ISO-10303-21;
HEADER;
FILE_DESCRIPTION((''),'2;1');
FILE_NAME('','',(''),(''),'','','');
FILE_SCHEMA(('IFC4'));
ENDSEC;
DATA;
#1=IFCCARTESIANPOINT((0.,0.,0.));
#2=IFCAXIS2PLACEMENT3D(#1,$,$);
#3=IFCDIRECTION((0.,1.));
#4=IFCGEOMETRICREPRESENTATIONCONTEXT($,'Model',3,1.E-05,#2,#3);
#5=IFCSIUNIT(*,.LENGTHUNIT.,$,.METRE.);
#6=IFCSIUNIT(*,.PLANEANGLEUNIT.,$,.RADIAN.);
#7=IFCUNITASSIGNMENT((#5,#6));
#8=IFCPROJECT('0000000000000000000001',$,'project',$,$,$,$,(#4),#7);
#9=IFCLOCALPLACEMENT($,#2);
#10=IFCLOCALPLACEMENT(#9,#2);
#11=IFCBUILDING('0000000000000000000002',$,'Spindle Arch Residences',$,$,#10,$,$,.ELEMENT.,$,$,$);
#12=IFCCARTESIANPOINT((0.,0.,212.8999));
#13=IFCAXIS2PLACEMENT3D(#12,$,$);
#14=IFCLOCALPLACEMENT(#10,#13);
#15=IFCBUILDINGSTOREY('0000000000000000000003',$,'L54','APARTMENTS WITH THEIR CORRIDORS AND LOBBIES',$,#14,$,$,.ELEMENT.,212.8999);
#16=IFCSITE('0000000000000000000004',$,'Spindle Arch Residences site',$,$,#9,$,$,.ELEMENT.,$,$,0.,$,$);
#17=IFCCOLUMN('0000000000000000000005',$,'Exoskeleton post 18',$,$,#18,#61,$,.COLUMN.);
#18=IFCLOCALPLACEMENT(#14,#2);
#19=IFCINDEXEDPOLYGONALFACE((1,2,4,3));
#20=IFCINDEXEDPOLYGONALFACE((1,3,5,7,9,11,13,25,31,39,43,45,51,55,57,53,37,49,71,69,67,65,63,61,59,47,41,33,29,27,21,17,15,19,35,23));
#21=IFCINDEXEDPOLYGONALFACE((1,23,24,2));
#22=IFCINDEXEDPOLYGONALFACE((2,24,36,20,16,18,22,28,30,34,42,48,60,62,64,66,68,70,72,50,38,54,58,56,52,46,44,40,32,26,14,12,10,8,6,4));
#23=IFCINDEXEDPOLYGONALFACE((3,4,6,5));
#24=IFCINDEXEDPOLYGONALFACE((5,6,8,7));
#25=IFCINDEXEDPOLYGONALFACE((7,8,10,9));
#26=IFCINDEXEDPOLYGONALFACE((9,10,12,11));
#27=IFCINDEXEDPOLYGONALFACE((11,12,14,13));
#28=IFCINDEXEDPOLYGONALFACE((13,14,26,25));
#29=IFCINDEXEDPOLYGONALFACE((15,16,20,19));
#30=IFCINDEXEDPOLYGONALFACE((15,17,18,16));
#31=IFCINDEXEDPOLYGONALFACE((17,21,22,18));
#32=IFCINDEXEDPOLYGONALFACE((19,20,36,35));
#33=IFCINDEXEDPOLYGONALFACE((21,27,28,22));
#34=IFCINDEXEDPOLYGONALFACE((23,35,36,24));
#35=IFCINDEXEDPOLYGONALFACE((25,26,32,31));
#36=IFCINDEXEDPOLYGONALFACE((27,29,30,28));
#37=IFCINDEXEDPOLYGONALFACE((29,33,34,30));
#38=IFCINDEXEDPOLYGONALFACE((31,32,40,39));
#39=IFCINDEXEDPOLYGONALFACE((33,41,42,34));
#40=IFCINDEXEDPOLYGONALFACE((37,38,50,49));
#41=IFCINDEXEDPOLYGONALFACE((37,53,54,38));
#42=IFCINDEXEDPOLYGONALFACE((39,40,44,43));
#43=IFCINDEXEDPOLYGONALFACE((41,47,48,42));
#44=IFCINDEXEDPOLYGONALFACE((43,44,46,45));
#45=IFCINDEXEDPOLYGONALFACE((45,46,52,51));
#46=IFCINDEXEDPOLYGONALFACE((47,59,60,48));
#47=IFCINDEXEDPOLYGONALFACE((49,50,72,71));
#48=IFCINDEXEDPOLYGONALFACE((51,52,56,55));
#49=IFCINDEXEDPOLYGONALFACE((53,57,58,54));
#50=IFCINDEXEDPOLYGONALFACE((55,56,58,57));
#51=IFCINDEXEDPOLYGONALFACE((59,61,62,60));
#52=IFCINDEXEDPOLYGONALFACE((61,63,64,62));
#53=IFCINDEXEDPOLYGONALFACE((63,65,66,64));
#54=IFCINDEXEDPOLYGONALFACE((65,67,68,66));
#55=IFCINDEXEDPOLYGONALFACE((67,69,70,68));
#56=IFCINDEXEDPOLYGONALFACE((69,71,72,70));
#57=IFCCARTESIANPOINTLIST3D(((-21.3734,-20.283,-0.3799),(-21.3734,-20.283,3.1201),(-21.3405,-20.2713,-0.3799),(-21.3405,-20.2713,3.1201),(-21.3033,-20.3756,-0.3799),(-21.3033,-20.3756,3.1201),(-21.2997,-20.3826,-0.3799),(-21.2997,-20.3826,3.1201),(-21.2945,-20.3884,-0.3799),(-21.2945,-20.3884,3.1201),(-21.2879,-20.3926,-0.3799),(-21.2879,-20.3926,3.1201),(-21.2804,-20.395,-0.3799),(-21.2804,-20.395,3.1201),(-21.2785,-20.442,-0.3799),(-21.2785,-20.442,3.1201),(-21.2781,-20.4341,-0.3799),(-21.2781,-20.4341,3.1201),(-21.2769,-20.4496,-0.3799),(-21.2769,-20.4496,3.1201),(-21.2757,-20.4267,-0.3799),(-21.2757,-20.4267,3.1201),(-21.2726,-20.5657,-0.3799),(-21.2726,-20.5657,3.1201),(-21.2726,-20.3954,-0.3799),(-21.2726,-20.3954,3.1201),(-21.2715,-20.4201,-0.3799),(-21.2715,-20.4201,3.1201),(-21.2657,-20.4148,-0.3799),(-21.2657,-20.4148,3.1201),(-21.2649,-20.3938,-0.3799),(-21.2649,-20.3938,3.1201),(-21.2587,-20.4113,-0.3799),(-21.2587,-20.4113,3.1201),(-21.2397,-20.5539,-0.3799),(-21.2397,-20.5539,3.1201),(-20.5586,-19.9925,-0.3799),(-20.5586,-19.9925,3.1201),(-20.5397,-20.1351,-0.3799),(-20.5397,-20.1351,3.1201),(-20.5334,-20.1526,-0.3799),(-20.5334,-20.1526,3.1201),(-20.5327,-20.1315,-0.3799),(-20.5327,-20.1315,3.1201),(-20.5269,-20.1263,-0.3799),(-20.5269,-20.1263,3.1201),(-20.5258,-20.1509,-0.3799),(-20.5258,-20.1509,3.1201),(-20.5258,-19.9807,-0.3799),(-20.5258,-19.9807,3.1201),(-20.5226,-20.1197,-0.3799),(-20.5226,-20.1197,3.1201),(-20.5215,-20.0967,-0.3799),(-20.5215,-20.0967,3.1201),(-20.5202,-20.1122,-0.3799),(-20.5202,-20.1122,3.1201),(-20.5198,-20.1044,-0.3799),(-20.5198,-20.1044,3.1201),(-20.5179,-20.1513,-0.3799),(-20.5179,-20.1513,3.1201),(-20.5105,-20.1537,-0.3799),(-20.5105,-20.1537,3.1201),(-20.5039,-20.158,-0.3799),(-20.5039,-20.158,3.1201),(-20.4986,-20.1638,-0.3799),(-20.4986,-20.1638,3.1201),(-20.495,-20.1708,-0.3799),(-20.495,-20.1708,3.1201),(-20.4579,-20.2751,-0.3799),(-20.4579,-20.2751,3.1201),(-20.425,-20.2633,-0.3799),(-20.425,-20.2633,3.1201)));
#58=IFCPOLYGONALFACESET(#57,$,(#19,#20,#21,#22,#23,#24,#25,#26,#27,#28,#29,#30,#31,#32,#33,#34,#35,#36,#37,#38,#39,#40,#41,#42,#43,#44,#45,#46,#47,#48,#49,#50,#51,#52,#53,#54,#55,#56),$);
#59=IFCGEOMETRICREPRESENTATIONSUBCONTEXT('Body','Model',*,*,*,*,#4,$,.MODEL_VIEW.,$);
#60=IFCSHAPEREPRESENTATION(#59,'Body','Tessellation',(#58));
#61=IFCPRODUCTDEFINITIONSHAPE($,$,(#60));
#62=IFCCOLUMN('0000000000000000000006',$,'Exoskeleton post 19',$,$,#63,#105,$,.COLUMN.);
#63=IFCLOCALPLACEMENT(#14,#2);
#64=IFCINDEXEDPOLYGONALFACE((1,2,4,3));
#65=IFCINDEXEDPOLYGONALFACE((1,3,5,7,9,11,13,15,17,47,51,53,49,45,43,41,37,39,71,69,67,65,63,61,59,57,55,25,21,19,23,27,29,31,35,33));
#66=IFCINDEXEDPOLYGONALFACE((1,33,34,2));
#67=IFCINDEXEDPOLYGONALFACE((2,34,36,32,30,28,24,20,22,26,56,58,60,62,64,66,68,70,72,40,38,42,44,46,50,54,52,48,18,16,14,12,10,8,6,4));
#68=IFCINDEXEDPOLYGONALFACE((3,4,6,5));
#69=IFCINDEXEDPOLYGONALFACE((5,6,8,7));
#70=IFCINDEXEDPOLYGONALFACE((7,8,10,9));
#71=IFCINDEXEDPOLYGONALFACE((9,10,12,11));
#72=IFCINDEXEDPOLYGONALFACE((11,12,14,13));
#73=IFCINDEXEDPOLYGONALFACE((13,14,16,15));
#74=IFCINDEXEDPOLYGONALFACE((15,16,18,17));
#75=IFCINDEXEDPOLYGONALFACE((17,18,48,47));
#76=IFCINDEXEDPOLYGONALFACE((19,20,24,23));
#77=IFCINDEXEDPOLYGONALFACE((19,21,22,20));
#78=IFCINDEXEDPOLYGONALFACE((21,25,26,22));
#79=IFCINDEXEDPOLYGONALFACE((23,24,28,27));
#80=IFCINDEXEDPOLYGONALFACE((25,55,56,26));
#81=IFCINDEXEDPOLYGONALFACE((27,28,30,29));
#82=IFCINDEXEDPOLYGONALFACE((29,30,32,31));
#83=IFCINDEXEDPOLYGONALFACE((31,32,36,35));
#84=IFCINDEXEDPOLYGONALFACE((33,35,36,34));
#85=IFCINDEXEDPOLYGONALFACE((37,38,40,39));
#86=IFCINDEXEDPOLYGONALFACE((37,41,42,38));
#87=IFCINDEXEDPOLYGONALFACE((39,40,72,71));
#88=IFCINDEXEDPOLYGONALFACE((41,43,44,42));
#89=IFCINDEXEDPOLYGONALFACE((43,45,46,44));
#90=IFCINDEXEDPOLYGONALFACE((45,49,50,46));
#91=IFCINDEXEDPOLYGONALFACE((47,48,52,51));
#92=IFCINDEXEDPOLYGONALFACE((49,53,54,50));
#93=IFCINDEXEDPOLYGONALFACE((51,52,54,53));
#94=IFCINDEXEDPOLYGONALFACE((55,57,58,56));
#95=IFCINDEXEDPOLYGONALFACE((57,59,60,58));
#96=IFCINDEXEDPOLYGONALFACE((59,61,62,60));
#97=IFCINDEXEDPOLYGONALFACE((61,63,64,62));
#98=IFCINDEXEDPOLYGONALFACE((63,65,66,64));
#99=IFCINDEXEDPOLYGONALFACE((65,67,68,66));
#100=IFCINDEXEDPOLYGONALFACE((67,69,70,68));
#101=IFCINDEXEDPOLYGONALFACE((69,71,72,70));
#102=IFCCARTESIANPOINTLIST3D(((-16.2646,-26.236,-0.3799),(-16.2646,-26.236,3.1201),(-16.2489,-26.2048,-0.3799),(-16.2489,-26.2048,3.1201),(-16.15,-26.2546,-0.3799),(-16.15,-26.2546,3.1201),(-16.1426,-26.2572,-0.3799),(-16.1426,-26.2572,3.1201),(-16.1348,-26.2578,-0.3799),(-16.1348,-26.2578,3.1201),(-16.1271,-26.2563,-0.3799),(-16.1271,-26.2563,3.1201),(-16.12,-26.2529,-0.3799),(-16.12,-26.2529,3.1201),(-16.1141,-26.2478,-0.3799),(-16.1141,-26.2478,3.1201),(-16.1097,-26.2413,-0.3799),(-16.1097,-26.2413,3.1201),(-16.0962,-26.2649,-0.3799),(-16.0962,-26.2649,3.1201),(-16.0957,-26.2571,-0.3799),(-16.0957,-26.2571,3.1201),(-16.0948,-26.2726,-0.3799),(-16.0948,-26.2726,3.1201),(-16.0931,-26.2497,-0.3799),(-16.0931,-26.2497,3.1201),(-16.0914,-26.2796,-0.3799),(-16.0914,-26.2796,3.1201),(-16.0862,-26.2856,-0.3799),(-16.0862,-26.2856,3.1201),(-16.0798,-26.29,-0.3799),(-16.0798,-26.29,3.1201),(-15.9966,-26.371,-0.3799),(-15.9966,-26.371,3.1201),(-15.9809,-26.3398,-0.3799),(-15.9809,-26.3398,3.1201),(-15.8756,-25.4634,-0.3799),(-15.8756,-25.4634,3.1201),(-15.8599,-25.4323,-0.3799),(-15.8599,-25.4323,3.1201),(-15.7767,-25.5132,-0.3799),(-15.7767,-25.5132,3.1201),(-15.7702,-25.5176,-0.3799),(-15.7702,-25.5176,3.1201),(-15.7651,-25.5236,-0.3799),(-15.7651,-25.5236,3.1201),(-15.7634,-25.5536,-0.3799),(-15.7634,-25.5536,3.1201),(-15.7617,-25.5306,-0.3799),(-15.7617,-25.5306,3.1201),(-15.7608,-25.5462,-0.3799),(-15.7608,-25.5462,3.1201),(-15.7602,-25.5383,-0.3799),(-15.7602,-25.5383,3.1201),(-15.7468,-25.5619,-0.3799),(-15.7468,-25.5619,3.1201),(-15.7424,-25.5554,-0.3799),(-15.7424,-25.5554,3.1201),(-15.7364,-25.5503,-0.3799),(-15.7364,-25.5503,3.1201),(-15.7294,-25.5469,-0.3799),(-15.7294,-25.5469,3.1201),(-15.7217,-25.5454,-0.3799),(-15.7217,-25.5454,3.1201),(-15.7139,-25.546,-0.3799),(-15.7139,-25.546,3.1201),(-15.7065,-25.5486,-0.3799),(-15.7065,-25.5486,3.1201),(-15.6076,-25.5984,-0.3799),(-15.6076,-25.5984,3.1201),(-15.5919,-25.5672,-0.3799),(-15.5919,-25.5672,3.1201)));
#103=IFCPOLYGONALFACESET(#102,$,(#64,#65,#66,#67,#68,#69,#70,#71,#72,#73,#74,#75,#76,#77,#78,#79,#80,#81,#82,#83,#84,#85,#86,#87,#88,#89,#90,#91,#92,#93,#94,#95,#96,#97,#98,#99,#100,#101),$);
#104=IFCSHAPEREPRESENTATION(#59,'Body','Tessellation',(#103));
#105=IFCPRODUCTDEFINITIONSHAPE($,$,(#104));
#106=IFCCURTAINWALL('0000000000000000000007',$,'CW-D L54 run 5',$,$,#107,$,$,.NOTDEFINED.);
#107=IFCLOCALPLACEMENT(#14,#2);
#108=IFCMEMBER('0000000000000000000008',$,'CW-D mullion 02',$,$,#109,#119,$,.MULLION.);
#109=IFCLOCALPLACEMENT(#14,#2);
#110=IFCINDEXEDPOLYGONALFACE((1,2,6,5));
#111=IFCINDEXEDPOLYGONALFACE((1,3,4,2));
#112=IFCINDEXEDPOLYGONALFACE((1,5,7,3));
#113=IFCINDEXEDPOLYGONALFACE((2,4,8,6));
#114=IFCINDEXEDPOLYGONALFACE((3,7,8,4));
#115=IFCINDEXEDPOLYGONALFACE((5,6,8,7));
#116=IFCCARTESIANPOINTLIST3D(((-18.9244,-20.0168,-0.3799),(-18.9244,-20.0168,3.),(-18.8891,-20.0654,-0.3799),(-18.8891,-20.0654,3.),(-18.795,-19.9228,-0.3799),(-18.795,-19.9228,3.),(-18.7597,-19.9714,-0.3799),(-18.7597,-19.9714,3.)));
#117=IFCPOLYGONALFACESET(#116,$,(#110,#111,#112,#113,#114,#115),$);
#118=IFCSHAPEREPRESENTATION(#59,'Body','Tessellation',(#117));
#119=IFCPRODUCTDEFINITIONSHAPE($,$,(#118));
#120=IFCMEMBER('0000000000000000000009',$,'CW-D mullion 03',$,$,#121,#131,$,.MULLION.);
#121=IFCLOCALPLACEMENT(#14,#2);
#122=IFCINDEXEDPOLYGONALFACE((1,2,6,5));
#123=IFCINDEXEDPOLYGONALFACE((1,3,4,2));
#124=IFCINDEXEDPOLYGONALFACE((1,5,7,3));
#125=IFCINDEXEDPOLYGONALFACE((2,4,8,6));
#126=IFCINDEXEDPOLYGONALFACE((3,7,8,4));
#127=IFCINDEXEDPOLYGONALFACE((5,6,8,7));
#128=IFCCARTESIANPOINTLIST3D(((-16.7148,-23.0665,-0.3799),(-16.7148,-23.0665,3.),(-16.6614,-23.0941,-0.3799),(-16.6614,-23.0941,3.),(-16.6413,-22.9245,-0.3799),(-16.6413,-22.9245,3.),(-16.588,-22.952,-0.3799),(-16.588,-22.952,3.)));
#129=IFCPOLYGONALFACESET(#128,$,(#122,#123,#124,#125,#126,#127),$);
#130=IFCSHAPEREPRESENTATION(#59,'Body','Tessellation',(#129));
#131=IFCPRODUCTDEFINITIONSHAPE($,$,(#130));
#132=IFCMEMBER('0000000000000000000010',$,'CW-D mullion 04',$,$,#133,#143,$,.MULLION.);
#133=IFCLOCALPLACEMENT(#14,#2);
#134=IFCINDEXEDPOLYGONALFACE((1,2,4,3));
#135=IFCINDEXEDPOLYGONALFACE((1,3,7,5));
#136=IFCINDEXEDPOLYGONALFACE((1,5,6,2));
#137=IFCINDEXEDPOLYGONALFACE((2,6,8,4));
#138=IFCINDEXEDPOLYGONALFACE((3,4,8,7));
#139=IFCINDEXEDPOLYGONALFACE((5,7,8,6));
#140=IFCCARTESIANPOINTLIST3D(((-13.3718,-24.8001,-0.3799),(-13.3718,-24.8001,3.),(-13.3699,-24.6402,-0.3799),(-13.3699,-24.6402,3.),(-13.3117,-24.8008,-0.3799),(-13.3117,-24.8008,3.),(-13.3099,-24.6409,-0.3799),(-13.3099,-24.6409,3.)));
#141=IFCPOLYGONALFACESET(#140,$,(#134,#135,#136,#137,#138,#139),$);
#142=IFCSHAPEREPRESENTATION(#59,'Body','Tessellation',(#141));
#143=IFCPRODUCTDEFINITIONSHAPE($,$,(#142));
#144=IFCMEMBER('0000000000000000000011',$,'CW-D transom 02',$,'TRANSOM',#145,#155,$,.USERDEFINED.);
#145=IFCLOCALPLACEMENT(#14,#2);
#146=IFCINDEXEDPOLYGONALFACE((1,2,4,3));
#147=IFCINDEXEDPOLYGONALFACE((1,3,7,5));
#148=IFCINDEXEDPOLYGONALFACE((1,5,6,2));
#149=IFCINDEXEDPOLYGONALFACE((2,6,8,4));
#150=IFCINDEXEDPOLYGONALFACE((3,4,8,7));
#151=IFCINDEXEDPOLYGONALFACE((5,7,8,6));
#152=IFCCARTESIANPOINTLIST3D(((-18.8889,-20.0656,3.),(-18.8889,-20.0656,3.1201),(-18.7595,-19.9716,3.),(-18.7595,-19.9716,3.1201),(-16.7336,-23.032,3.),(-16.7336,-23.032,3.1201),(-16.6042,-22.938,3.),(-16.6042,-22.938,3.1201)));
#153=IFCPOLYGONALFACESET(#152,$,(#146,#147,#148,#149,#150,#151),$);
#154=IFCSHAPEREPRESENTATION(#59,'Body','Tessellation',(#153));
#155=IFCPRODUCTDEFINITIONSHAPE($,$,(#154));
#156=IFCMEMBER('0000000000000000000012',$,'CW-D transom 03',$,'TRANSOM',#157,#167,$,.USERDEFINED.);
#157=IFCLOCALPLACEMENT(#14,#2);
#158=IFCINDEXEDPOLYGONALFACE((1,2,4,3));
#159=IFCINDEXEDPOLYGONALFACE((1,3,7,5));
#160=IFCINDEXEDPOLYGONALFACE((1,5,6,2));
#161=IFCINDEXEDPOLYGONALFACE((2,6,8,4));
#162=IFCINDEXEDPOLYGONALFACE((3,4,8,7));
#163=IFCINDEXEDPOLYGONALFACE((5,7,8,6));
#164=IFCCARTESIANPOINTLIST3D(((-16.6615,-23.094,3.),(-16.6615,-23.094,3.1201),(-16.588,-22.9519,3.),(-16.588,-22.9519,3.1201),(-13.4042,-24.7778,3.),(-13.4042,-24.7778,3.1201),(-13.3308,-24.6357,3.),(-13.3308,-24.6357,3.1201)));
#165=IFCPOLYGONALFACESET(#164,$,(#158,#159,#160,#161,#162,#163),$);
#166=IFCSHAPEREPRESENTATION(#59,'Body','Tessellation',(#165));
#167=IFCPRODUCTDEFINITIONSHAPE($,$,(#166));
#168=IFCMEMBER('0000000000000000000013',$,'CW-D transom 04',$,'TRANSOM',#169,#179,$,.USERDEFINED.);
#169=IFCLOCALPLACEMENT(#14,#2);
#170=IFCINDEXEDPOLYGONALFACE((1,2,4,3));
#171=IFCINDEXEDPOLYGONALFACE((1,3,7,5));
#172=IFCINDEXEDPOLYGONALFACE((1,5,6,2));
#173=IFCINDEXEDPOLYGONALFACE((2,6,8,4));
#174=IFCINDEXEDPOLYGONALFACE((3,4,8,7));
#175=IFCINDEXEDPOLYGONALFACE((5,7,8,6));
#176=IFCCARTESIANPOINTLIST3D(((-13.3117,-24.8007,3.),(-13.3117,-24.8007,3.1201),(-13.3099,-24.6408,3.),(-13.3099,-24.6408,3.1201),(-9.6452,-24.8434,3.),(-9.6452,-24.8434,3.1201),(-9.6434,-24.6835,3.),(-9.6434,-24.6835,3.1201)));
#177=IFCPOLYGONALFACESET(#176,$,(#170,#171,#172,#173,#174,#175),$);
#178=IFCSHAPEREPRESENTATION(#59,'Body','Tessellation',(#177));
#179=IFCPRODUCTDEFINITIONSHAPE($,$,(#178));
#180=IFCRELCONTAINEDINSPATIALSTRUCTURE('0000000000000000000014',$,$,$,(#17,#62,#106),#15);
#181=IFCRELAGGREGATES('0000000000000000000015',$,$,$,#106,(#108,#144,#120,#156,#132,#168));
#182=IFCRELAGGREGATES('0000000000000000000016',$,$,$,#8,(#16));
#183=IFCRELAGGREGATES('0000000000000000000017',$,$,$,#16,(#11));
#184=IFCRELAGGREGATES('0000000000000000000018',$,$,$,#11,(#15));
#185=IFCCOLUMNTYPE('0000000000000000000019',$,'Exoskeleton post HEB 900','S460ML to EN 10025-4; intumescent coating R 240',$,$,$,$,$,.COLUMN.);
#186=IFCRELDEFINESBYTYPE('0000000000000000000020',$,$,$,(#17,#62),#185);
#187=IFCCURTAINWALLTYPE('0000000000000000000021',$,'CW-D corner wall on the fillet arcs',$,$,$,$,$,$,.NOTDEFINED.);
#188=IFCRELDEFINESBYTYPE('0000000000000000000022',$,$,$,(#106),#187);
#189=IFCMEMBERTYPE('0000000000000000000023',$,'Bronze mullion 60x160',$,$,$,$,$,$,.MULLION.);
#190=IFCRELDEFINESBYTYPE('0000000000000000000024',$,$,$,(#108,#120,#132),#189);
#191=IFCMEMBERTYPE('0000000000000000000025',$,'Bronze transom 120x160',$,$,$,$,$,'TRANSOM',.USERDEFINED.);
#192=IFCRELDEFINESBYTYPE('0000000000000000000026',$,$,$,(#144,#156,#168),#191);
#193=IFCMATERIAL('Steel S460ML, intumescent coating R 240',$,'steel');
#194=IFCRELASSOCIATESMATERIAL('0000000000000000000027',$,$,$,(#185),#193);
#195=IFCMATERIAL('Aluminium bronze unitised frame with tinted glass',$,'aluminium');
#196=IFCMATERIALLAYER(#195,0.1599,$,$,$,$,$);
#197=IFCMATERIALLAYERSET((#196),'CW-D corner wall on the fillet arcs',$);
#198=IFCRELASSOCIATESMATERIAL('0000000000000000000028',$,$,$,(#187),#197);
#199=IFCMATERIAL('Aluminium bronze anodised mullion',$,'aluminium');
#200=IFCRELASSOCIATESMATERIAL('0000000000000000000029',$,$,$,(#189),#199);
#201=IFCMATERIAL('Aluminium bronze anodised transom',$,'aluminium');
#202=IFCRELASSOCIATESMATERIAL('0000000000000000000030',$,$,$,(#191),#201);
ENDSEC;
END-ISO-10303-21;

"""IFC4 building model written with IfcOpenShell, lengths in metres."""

from ifc_helpers import new_model, si_unit, direction, frame, origin, origin_2d, place, context, subcontext, project, spatial, rectangle, i_section, extrude, material, layer, layer_set, material_profile, profile_set, type_object, element, aggregate, save


model = new_model("IFC4")

# Units and contexts
model_context = context("Model", 3, precision=1e-05, world=origin(), true_north=direction((0.0, 1.0)))
body_context = subcontext(model_context, "Body", "Model", "MODEL_VIEW")
ifc_project = project(units=[si_unit("LENGTHUNIT", "METRE"), si_unit("PLANEANGLEUNIT", "RADIAN")], contexts=[model_context])

# Site, building, storey
site_placement = place(None, origin())
site = spatial("IfcSite", under=ifc_project, at=site_placement, Name="Spindle Arch Residences site", CompositionType="ELEMENT", RefElevation=0.0)
building_placement = place(site_placement, origin())
building = spatial("IfcBuilding", under=site, at=building_placement, Name="Spindle Arch Residences", CompositionType="ELEMENT")
storey_placement = place(building_placement, frame((0.0, 0.0, 212.8999)))
storey = spatial("IfcBuildingStorey", under=building, at=storey_placement, Name="L54", Description="APARTMENTS WITH THEIR CORRIDORS AND LOBBIES", CompositionType="ELEMENT", Elevation=212.8999)

# Columns
ifc_material_1 = material(Name="Steel S460ML, intumescent coating R 240", Category="steel")
ifc_material_profile_1 = material_profile(ifc_material_1, i_section(OverallWidth=0.3, OverallDepth=0.8999, WebThickness=0.0186, FlangeThickness=0.0349, FilletRadius=0.03, at=origin_2d()), Name="HEB 900")
ifc_profile_set_1 = profile_set([ifc_material_profile_1], Name="Steel S460ML, intumescent coating R 240")
column_type = type_object("IfcColumnType", Name="Exoskeleton post HEB 900", Description="S460ML to EN 10025-4; intumescent coating R 240", PredefinedType="COLUMN", material=ifc_profile_set_1)
for number, where, z_axis, x_axis, name in (
    (1, (-20.8992, -20.2732, -0.3799), (0.0, 0.0, 1.0), (-0.335927, 0.941888, 0.0), "Exoskeleton post 18"),
    (2, (-15.9282, -25.9016, -0.3799), (0.0, 0.0, 1.0), (-0.893169, 0.449721, 0.0), "Exoskeleton post 19"),
):
    element("IfcColumn", number, at=place(storey_placement, frame(where, z_axis=z_axis, x_axis=x_axis)), inside=storey, type_object=column_type, Name=name, PredefinedType="COLUMN", context=body_context, shape_type="SweptSolid", body=[
        extrude(i_section(OverallWidth=0.3, OverallDepth=0.8999, WebThickness=0.0186, FlangeThickness=0.0349, FilletRadius=0.03, at=origin_2d()), origin(), (0.0, 0.0, 1.0), 3.5),
    ])

# Curtain wall, members
ifc_material_2 = material(Name="Aluminium bronze unitised frame with tinted glass", Category="aluminium")
ifc_layer_1 = layer(ifc_material_2, 0.1599)
ifc_layer_set_1 = layer_set([ifc_layer_1], Name="CW-D corner wall on the fillet arcs")
curtain_wall_type = type_object("IfcCurtainWallType", Name="CW-D corner wall on the fillet arcs", PredefinedType="NOTDEFINED", material=ifc_layer_set_1)
curtain_wall_placement = place(storey_placement, origin())
curtain_wall = element("IfcCurtainWall", 3, at=curtain_wall_placement, inside=storey, type_object=curtain_wall_type, Name="CW-D L54 run 5", PredefinedType="NOTDEFINED")
ifc_material_3 = material(Name="Aluminium bronze anodised mullion", Category="aluminium")
ifc_material_profile_2 = material_profile(ifc_material_3, rectangle(XDim=0.1599, YDim=0.0601, at=origin_2d()), Name="MU 60x160")
ifc_profile_set_2 = profile_set([ifc_material_profile_2], Name="Aluminium bronze anodised mullion")
member_type_1 = type_object("IfcMemberType", Name="Bronze mullion 60x160", PredefinedType="MULLION", material=ifc_profile_set_2)
member_1_placement = place(storey_placement, frame((-18.842, -19.9941, -0.3799), z_axis=(0.0, 0.0, 1.0), x_axis=(0.809017, 0.587785, 0.0)))
member_1 = element("IfcMember", 4, at=member_1_placement, type_object=member_type_1, Name="CW-D mullion 02", PredefinedType="MULLION", context=body_context, shape_type="SweptSolid", body=[
    extrude(rectangle(XDim=0.1599, YDim=0.0601, at=origin_2d()), origin(), (0.0, 0.0, 1.0), 3.3799),
])
member_2_placement = place(storey_placement, frame((-16.6514, -23.0093, -0.3799), z_axis=(0.0, 0.0, 1.0), x_axis=(0.459166, 0.88835, 0.0)))
member_2 = element("IfcMember", 5, at=member_2_placement, type_object=member_type_1, Name="CW-D mullion 03", PredefinedType="MULLION", context=body_context, shape_type="SweptSolid", body=[
    extrude(rectangle(XDim=0.1599, YDim=0.0601, at=origin_2d()), origin(), (0.0, 0.0, 1.0), 3.3799),
])
member_3_placement = place(storey_placement, frame((-13.3408, -24.7205, -0.3799), z_axis=(0.0, 0.0, 1.0), x_axis=(0.011635, 0.999932, 0.0)))
member_3 = element("IfcMember", 6, at=member_3_placement, type_object=member_type_1, Name="CW-D mullion 04", PredefinedType="MULLION", context=body_context, shape_type="SweptSolid", body=[
    extrude(rectangle(XDim=0.1599, YDim=0.0601, at=origin_2d()), origin(), (0.0, 0.0, 1.0), 3.3799),
])
ifc_material_4 = material(Name="Aluminium bronze anodised transom", Category="aluminium")
ifc_material_profile_3 = material_profile(ifc_material_4, rectangle(XDim=0.1599, YDim=0.1201, at=origin_2d()), Name="TR 120x160")
ifc_profile_set_3 = profile_set([ifc_material_profile_3], Name="Aluminium bronze anodised transom")
member_type_2 = type_object("IfcMemberType", Name="Bronze transom 120x160", ElementType="TRANSOM", PredefinedType="USERDEFINED", material=ifc_profile_set_3)
member_4_placement = place(storey_placement, frame((-18.8242, -20.0186, 3.0601), z_axis=(0.587807, -0.809001, 0.0), x_axis=(0.809001, 0.587807, 0.0)))
member_4 = element("IfcMember", 7, at=member_4_placement, type_object=member_type_2, Name="CW-D transom 02", ObjectType="TRANSOM", PredefinedType="USERDEFINED", context=body_context, shape_type="SweptSolid", body=[
    extrude(rectangle(XDim=0.1599, YDim=0.1201, at=origin_2d()), origin(), (0.0, 0.0, 1.0), 3.6667),
])
member_5_placement = place(storey_placement, frame((-16.6248, -23.0229, 3.0601), z_axis=(0.888327, -0.459211, 0.0), x_axis=(0.459211, 0.888327, 0.0)))
member_5 = element("IfcMember", 8, at=member_5_placement, type_object=member_type_2, Name="CW-D transom 03", ObjectType="TRANSOM", PredefinedType="USERDEFINED", context=body_context, shape_type="SweptSolid", body=[
    extrude(rectangle(XDim=0.1599, YDim=0.1201, at=origin_2d()), origin(), (0.0, 0.0, 1.0), 3.6667),
])
member_6_placement = place(storey_placement, frame((-13.3108, -24.7207, 3.0601), z_axis=(0.999932, -0.011652, 0.0), x_axis=(0.011652, 0.999932, 0.0)))
member_6 = element("IfcMember", 9, at=member_6_placement, type_object=member_type_2, Name="CW-D transom 04", ObjectType="TRANSOM", PredefinedType="USERDEFINED", context=body_context, shape_type="SweptSolid", body=[
    extrude(rectangle(XDim=0.1599, YDim=0.1201, at=origin_2d()), origin(), (0.0, 0.0, 1.0), 3.6667),
])

aggregate(curtain_wall, [member_1, member_4, member_2, member_5, member_3, member_6])

save(model, "model.ifc")
